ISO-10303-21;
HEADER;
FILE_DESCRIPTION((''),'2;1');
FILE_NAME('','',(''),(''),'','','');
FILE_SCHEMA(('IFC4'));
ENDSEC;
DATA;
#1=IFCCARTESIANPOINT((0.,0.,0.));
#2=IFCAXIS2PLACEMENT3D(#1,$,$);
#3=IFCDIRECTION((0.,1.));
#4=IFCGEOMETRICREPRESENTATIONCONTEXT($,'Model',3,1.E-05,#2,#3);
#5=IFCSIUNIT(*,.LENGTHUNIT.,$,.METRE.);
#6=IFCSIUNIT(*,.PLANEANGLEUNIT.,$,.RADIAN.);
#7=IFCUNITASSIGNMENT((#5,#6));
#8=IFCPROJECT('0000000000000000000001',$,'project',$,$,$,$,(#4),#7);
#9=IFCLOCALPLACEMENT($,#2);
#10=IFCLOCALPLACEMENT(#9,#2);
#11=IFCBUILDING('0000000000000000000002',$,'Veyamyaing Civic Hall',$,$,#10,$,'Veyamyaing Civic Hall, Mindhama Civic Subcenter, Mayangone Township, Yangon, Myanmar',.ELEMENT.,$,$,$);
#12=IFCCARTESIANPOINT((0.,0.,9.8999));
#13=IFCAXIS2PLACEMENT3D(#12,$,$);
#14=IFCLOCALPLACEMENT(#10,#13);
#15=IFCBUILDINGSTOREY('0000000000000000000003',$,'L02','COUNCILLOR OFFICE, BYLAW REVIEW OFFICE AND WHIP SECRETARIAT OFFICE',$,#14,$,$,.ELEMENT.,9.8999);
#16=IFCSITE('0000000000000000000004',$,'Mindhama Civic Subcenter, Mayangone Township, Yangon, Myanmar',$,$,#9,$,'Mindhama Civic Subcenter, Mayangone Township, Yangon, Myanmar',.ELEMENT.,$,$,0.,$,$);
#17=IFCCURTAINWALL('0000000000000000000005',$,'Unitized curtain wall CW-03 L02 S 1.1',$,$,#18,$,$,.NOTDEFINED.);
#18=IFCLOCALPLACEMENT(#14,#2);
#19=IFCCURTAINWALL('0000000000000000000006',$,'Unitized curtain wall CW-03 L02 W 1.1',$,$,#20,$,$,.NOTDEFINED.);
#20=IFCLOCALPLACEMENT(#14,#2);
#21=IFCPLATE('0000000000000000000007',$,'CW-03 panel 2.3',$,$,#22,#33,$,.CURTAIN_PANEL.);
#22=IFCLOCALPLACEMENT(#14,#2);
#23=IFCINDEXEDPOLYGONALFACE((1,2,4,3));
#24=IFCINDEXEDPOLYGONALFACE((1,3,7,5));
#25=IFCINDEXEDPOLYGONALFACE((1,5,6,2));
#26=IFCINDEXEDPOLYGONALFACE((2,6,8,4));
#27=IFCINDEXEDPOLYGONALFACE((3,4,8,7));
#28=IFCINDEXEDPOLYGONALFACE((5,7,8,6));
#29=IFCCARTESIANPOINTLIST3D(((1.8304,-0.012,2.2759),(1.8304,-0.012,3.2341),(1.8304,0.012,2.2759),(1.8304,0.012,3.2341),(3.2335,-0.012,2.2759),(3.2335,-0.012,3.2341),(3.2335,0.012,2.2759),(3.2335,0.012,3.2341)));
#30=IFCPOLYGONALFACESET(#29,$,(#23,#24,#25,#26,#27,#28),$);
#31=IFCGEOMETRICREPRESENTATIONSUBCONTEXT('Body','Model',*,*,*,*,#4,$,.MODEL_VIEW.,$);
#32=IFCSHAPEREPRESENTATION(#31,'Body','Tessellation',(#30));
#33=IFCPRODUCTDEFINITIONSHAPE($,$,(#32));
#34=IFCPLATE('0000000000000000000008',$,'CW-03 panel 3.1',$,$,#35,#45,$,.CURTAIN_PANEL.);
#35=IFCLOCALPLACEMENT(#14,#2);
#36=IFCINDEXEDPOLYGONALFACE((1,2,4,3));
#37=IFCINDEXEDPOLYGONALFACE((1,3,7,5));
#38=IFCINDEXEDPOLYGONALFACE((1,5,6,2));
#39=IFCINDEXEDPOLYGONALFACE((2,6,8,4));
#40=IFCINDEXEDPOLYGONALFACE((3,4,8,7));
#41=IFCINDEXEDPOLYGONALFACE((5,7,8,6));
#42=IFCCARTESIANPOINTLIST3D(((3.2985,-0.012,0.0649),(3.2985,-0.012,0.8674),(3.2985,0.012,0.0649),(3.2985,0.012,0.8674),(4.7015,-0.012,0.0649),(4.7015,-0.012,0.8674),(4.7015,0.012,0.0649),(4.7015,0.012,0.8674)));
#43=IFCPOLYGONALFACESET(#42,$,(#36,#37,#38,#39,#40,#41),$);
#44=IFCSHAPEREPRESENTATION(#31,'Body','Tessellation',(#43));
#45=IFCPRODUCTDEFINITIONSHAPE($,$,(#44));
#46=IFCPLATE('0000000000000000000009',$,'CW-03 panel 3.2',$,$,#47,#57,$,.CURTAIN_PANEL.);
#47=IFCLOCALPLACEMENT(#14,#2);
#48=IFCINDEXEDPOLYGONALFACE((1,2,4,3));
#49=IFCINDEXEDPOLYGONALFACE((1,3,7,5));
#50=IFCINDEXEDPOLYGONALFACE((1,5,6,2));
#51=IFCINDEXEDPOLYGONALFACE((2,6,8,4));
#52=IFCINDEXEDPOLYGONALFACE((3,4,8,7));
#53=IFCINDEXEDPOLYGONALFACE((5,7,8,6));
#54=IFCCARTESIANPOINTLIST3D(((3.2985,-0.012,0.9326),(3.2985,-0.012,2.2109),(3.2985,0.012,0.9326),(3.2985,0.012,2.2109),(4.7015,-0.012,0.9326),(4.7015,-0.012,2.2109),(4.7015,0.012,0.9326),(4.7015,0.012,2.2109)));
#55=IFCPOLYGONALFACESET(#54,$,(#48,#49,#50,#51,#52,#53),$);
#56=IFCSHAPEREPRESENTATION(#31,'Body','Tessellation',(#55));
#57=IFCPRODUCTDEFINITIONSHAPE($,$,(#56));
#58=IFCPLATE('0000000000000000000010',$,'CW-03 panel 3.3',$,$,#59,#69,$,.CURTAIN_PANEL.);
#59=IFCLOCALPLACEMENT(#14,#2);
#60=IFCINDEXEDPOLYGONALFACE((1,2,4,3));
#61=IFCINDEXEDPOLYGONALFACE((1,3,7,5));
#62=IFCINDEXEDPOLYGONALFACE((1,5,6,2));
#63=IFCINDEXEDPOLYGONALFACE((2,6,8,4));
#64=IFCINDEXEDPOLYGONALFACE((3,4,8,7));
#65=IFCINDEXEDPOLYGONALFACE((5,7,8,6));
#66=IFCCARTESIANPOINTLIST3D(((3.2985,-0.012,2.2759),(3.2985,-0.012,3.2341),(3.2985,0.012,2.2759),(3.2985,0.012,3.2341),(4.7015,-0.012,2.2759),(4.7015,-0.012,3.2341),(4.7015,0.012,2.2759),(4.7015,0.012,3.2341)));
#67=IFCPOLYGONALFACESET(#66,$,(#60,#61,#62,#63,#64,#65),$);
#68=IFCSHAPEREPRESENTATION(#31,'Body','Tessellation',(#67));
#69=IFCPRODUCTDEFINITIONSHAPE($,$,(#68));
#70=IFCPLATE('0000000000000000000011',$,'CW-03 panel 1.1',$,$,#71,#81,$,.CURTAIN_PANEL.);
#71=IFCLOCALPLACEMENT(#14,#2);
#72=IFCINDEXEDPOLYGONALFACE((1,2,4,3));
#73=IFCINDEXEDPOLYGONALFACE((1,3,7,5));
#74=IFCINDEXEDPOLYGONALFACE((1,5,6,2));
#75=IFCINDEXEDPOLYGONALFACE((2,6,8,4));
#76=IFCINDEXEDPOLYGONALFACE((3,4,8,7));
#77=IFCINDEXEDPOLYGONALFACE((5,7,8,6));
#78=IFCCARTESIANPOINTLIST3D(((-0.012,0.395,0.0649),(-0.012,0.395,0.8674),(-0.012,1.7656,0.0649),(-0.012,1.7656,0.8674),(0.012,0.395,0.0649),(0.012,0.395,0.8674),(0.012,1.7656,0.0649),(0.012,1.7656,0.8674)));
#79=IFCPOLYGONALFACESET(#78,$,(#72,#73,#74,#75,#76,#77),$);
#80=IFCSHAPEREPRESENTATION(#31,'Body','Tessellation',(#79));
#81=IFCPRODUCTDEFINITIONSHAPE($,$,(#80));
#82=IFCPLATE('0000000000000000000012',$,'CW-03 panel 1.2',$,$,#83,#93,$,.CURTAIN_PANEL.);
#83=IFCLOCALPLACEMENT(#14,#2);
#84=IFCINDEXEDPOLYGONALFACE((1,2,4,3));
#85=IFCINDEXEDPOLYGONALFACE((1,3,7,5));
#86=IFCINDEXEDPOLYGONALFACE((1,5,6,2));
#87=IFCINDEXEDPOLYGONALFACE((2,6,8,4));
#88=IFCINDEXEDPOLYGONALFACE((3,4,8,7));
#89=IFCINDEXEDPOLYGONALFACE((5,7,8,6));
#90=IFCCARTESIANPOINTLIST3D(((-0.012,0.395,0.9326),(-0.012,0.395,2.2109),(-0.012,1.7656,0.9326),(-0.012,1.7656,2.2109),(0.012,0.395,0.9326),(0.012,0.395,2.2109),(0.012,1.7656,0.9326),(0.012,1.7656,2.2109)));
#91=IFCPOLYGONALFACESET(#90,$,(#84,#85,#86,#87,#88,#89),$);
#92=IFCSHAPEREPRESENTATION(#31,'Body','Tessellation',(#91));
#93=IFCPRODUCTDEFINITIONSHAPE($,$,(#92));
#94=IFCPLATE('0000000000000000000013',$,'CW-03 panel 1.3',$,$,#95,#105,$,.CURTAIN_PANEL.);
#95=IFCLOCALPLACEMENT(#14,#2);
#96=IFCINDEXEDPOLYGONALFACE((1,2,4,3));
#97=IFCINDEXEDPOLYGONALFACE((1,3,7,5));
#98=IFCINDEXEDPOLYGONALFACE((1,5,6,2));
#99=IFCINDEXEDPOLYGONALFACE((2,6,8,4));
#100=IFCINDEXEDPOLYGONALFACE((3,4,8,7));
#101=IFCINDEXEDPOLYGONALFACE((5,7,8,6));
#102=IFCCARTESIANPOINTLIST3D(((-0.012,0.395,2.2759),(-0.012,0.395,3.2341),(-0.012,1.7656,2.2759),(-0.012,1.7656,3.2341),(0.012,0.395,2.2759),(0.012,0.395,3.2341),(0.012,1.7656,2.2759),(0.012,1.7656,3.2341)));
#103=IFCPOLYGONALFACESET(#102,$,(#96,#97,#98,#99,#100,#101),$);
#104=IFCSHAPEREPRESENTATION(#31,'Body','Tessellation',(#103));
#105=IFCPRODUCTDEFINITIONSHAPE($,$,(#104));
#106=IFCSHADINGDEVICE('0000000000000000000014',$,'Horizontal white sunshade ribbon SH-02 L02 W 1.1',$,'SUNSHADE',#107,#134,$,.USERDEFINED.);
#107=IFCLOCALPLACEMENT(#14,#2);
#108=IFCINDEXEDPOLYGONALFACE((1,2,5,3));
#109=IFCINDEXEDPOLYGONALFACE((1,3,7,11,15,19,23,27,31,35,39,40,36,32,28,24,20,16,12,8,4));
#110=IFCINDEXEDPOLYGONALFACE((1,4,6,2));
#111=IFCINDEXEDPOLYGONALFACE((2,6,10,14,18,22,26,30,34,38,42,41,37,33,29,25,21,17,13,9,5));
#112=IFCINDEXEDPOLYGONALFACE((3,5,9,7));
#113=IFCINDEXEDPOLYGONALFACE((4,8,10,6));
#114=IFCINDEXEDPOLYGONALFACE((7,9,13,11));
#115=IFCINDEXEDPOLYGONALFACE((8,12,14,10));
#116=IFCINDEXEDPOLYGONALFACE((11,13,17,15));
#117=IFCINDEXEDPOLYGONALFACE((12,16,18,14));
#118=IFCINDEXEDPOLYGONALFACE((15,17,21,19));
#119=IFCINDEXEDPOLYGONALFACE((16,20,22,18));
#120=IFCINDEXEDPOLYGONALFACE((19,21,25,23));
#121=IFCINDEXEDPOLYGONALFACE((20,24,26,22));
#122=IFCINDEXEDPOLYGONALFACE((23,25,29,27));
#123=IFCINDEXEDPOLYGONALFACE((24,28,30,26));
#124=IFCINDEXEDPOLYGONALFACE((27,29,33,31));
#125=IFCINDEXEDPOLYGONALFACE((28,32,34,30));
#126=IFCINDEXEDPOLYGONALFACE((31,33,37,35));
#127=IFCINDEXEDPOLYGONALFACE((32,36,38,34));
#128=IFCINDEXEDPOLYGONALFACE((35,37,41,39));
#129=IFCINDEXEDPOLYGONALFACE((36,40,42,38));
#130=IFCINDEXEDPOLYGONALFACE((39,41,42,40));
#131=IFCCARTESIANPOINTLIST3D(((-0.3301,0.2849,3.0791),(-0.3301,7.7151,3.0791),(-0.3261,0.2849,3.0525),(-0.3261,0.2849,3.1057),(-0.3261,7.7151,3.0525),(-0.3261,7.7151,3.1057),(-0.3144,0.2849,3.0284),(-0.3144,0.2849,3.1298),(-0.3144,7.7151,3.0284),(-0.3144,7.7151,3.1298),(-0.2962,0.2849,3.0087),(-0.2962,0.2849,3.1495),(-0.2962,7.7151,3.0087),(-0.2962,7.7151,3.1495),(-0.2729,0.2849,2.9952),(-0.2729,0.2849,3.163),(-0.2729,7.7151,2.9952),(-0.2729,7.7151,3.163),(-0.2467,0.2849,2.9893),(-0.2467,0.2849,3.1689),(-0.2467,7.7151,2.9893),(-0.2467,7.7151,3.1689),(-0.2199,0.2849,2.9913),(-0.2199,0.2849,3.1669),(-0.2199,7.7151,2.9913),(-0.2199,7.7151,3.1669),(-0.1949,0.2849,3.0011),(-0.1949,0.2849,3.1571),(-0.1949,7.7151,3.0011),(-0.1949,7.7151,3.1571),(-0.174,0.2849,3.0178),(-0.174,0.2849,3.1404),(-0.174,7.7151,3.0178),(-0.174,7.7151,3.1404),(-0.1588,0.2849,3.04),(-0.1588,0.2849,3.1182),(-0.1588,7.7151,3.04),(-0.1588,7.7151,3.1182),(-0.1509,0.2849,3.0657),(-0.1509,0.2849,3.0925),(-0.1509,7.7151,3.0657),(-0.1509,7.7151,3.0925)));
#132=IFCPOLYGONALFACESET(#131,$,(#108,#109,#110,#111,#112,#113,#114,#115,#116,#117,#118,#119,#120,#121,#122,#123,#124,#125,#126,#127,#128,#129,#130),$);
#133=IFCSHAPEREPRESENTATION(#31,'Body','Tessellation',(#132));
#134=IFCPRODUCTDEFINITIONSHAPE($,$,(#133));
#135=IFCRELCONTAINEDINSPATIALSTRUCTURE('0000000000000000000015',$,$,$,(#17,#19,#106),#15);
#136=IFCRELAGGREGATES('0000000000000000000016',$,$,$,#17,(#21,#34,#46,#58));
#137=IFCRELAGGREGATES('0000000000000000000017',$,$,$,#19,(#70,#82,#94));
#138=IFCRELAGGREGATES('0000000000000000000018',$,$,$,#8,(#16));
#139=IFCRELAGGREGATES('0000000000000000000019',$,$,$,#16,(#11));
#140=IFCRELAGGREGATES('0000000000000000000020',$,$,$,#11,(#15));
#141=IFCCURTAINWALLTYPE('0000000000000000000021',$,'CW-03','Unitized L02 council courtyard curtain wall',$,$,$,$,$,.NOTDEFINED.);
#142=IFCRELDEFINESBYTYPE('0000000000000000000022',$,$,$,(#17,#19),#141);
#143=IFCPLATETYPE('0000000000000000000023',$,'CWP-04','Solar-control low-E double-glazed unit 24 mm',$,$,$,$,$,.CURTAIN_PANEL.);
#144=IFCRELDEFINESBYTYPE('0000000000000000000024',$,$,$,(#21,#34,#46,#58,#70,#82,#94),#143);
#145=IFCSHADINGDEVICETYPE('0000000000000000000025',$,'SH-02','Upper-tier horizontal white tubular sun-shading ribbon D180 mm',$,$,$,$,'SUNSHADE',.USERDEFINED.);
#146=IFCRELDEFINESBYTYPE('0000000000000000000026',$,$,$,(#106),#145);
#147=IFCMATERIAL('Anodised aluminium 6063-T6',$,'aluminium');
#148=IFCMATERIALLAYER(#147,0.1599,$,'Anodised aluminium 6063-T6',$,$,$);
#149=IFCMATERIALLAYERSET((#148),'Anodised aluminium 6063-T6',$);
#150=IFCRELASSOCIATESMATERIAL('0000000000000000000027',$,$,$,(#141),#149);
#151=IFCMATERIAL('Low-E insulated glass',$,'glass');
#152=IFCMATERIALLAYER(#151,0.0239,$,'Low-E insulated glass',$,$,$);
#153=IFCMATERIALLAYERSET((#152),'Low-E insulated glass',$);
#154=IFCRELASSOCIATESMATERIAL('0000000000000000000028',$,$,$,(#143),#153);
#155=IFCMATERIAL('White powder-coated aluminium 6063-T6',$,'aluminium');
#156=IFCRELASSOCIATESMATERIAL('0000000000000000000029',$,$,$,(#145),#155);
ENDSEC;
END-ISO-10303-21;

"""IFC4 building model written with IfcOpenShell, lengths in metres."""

from ifc_helpers import new_model, si_unit, direction, frame, origin, origin_2d, place, context, subcontext, project, spatial, rectangle, circle, extrude, material, layer, layer_set, material_profile, profile_set, type_object, element, aggregate, save


model = new_model("IFC4")

# Units and contexts
model_context = context("Model", 3, precision=1e-05, world=origin(), true_north=direction((0.0, 1.0)))
body_context = subcontext(model_context, "Body", "Model", "MODEL_VIEW")
ifc_project = project(units=[si_unit("LENGTHUNIT", "METRE"), si_unit("PLANEANGLEUNIT", "RADIAN")], contexts=[model_context])

# Site, building, storey
site_placement = place(None, origin())
site = spatial("IfcSite", under=ifc_project, at=site_placement, Name="Mindhama Civic Subcenter, Mayangone Township, Yangon, Myanmar", LongName="Mindhama Civic Subcenter, Mayangone Township, Yangon, Myanmar", CompositionType="ELEMENT", RefElevation=0.0)
building_placement = place(site_placement, origin())
building = spatial("IfcBuilding", under=site, at=building_placement, Name="Veyamyaing Civic Hall", LongName="Veyamyaing Civic Hall, Mindhama Civic Subcenter, Mayangone Township, Yangon, Myanmar", CompositionType="ELEMENT")
storey_placement = place(building_placement, frame((0.0, 0.0, 9.8999)))
storey = spatial("IfcBuildingStorey", under=building, at=storey_placement, Name="L02", Description="COUNCILLOR OFFICE, BYLAW REVIEW OFFICE AND WHIP SECRETARIAT OFFICE", CompositionType="ELEMENT", Elevation=9.8999)

# Curtain wall
ifc_material_1 = material(Name="Anodised aluminium 6063-T6", Category="aluminium")
ifc_layer_1 = layer(ifc_material_1, 0.1599, Name="Anodised aluminium 6063-T6")
ifc_layer_set_1 = layer_set([ifc_layer_1], Name="Anodised aluminium 6063-T6")
curtain_wall_type = type_object("IfcCurtainWallType", Name="CW-03", Description="Unitized L02 council courtyard curtain wall", PredefinedType="NOTDEFINED", material=ifc_layer_set_1)
curtain_wall_1_placement = place(storey_placement, origin())
curtain_wall_1 = element("IfcCurtainWall", 1, at=curtain_wall_1_placement, inside=storey, type_object=curtain_wall_type, Name="Unitized curtain wall CW-03 L02 S 1.1", PredefinedType="NOTDEFINED")

# Curtain wall
curtain_wall_2_placement = place(storey_placement, origin())
curtain_wall_2 = element("IfcCurtainWall", 2, at=curtain_wall_2_placement, inside=storey, type_object=curtain_wall_type, Name="Unitized curtain wall CW-03 L02 W 1.1", PredefinedType="NOTDEFINED")

# Plates
ifc_material_2 = material(Name="Low-E insulated glass", Category="glass")
ifc_layer_2 = layer(ifc_material_2, 0.0239, Name="Low-E insulated glass")
ifc_layer_set_2 = layer_set([ifc_layer_2], Name="Low-E insulated glass")
plate_type = type_object("IfcPlateType", Name="CWP-04", Description="Solar-control low-E double-glazed unit 24 mm", PredefinedType="CURTAIN_PANEL", material=ifc_layer_set_2)
plate_1_placement = place(storey_placement, frame((2.532, 0.0, 2.2759), z_axis=(0.0, 0.0, 1.0), x_axis=(1.0, 0.0, 0.0)))
plate_1 = element("IfcPlate", 3, at=plate_1_placement, type_object=plate_type, Name="CW-03 panel 2.3", PredefinedType="CURTAIN_PANEL", context=body_context, shape_type="SweptSolid", body=[
    extrude(rectangle(XDim=1.4031, YDim=0.0239, at=origin_2d()), origin(), (0.0, 0.0, 1.0), 0.9583),
])
plate_2_placement = place(storey_placement, frame((4.0, 0.0, 0.0649), z_axis=(0.0, 0.0, 1.0), x_axis=(1.0, 0.0, 0.0)))
plate_2 = element("IfcPlate", 4, at=plate_2_placement, type_object=plate_type, Name="CW-03 panel 3.1", PredefinedType="CURTAIN_PANEL", context=body_context, shape_type="SweptSolid", body=[
    extrude(rectangle(XDim=1.4031, YDim=0.0239, at=origin_2d()), origin(), (0.0, 0.0, 1.0), 0.8025),
])
plate_3_placement = place(storey_placement, frame((4.0, 0.0, 0.9326), z_axis=(0.0, 0.0, 1.0), x_axis=(1.0, 0.0, 0.0)))
plate_3 = element("IfcPlate", 5, at=plate_3_placement, type_object=plate_type, Name="CW-03 panel 3.2", PredefinedType="CURTAIN_PANEL", context=body_context, shape_type="SweptSolid", body=[
    extrude(rectangle(XDim=1.4031, YDim=0.0239, at=origin_2d()), origin(), (0.0, 0.0, 1.0), 1.2783),
])
plate_4_placement = place(storey_placement, frame((4.0, 0.0, 2.2759), z_axis=(0.0, 0.0, 1.0), x_axis=(1.0, 0.0, 0.0)))
plate_4 = element("IfcPlate", 6, at=plate_4_placement, type_object=plate_type, Name="CW-03 panel 3.3", PredefinedType="CURTAIN_PANEL", context=body_context, shape_type="SweptSolid", body=[
    extrude(rectangle(XDim=1.4031, YDim=0.0239, at=origin_2d()), origin(), (0.0, 0.0, 1.0), 0.9583),
])
aggregate(curtain_wall_1, [plate_1, plate_2, plate_3, plate_4])
plate_5_placement = place(storey_placement, frame((0.0, 1.0803, 0.0649), z_axis=(0.0, 0.0, 1.0), x_axis=(0.0, 1.0, 0.0)))
plate_5 = element("IfcPlate", 7, at=plate_5_placement, type_object=plate_type, Name="CW-03 panel 1.1", PredefinedType="CURTAIN_PANEL", context=body_context, shape_type="SweptSolid", body=[
    extrude(rectangle(XDim=1.3706, YDim=0.0239, at=origin_2d()), origin(), (0.0, 0.0, 1.0), 0.8025),
])
plate_6_placement = place(storey_placement, frame((0.0, 1.0803, 0.9326), z_axis=(0.0, 0.0, 1.0), x_axis=(0.0, 1.0, 0.0)))
plate_6 = element("IfcPlate", 8, at=plate_6_placement, type_object=plate_type, Name="CW-03 panel 1.2", PredefinedType="CURTAIN_PANEL", context=body_context, shape_type="SweptSolid", body=[
    extrude(rectangle(XDim=1.3706, YDim=0.0239, at=origin_2d()), origin(), (0.0, 0.0, 1.0), 1.2783),
])
plate_7_placement = place(storey_placement, frame((0.0, 1.0803, 2.2759), z_axis=(0.0, 0.0, 1.0), x_axis=(0.0, 1.0, 0.0)))
plate_7 = element("IfcPlate", 9, at=plate_7_placement, type_object=plate_type, Name="CW-03 panel 1.3", PredefinedType="CURTAIN_PANEL", context=body_context, shape_type="SweptSolid", body=[
    extrude(rectangle(XDim=1.3706, YDim=0.0239, at=origin_2d()), origin(), (0.0, 0.0, 1.0), 0.9583),
])
aggregate(curtain_wall_2, [plate_5, plate_6, plate_7])

# Shading device
ifc_material_3 = material(Name="White powder-coated aluminium 6063-T6", Category="aluminium")
ifc_material_profile_1 = material_profile(ifc_material_3, circle(Radius=0.0901, at=origin_2d()), Name="SHADE-TUBE-180")
ifc_profile_set_1 = profile_set([ifc_material_profile_1], Name="White powder-coated aluminium 6063-T6")
shading_device_type = type_object("IfcShadingDeviceType", Name="SH-02", Description="Upper-tier horizontal white tubular sun-shading ribbon D180 mm", ElementType="SUNSHADE", PredefinedType="USERDEFINED", material=ifc_profile_set_1)
shading_device_placement = place(storey_placement, frame((-0.24, 0.2849, 3.0791), z_axis=(0.0, 1.0, 0.0), x_axis=(-1.0, 0.0, 0.0)))
element("IfcShadingDevice", 10, at=shading_device_placement, inside=storey, type_object=shading_device_type, Name="Horizontal white sunshade ribbon SH-02 L02 W 1.1", ObjectType="SUNSHADE", PredefinedType="USERDEFINED", context=body_context, shape_type="SweptSolid", body=[
    extrude(circle(Radius=0.0901, at=origin_2d()), origin(), (0.0, 0.0, 1.0), 7.4302),
])

save(model, "model.ifc")
